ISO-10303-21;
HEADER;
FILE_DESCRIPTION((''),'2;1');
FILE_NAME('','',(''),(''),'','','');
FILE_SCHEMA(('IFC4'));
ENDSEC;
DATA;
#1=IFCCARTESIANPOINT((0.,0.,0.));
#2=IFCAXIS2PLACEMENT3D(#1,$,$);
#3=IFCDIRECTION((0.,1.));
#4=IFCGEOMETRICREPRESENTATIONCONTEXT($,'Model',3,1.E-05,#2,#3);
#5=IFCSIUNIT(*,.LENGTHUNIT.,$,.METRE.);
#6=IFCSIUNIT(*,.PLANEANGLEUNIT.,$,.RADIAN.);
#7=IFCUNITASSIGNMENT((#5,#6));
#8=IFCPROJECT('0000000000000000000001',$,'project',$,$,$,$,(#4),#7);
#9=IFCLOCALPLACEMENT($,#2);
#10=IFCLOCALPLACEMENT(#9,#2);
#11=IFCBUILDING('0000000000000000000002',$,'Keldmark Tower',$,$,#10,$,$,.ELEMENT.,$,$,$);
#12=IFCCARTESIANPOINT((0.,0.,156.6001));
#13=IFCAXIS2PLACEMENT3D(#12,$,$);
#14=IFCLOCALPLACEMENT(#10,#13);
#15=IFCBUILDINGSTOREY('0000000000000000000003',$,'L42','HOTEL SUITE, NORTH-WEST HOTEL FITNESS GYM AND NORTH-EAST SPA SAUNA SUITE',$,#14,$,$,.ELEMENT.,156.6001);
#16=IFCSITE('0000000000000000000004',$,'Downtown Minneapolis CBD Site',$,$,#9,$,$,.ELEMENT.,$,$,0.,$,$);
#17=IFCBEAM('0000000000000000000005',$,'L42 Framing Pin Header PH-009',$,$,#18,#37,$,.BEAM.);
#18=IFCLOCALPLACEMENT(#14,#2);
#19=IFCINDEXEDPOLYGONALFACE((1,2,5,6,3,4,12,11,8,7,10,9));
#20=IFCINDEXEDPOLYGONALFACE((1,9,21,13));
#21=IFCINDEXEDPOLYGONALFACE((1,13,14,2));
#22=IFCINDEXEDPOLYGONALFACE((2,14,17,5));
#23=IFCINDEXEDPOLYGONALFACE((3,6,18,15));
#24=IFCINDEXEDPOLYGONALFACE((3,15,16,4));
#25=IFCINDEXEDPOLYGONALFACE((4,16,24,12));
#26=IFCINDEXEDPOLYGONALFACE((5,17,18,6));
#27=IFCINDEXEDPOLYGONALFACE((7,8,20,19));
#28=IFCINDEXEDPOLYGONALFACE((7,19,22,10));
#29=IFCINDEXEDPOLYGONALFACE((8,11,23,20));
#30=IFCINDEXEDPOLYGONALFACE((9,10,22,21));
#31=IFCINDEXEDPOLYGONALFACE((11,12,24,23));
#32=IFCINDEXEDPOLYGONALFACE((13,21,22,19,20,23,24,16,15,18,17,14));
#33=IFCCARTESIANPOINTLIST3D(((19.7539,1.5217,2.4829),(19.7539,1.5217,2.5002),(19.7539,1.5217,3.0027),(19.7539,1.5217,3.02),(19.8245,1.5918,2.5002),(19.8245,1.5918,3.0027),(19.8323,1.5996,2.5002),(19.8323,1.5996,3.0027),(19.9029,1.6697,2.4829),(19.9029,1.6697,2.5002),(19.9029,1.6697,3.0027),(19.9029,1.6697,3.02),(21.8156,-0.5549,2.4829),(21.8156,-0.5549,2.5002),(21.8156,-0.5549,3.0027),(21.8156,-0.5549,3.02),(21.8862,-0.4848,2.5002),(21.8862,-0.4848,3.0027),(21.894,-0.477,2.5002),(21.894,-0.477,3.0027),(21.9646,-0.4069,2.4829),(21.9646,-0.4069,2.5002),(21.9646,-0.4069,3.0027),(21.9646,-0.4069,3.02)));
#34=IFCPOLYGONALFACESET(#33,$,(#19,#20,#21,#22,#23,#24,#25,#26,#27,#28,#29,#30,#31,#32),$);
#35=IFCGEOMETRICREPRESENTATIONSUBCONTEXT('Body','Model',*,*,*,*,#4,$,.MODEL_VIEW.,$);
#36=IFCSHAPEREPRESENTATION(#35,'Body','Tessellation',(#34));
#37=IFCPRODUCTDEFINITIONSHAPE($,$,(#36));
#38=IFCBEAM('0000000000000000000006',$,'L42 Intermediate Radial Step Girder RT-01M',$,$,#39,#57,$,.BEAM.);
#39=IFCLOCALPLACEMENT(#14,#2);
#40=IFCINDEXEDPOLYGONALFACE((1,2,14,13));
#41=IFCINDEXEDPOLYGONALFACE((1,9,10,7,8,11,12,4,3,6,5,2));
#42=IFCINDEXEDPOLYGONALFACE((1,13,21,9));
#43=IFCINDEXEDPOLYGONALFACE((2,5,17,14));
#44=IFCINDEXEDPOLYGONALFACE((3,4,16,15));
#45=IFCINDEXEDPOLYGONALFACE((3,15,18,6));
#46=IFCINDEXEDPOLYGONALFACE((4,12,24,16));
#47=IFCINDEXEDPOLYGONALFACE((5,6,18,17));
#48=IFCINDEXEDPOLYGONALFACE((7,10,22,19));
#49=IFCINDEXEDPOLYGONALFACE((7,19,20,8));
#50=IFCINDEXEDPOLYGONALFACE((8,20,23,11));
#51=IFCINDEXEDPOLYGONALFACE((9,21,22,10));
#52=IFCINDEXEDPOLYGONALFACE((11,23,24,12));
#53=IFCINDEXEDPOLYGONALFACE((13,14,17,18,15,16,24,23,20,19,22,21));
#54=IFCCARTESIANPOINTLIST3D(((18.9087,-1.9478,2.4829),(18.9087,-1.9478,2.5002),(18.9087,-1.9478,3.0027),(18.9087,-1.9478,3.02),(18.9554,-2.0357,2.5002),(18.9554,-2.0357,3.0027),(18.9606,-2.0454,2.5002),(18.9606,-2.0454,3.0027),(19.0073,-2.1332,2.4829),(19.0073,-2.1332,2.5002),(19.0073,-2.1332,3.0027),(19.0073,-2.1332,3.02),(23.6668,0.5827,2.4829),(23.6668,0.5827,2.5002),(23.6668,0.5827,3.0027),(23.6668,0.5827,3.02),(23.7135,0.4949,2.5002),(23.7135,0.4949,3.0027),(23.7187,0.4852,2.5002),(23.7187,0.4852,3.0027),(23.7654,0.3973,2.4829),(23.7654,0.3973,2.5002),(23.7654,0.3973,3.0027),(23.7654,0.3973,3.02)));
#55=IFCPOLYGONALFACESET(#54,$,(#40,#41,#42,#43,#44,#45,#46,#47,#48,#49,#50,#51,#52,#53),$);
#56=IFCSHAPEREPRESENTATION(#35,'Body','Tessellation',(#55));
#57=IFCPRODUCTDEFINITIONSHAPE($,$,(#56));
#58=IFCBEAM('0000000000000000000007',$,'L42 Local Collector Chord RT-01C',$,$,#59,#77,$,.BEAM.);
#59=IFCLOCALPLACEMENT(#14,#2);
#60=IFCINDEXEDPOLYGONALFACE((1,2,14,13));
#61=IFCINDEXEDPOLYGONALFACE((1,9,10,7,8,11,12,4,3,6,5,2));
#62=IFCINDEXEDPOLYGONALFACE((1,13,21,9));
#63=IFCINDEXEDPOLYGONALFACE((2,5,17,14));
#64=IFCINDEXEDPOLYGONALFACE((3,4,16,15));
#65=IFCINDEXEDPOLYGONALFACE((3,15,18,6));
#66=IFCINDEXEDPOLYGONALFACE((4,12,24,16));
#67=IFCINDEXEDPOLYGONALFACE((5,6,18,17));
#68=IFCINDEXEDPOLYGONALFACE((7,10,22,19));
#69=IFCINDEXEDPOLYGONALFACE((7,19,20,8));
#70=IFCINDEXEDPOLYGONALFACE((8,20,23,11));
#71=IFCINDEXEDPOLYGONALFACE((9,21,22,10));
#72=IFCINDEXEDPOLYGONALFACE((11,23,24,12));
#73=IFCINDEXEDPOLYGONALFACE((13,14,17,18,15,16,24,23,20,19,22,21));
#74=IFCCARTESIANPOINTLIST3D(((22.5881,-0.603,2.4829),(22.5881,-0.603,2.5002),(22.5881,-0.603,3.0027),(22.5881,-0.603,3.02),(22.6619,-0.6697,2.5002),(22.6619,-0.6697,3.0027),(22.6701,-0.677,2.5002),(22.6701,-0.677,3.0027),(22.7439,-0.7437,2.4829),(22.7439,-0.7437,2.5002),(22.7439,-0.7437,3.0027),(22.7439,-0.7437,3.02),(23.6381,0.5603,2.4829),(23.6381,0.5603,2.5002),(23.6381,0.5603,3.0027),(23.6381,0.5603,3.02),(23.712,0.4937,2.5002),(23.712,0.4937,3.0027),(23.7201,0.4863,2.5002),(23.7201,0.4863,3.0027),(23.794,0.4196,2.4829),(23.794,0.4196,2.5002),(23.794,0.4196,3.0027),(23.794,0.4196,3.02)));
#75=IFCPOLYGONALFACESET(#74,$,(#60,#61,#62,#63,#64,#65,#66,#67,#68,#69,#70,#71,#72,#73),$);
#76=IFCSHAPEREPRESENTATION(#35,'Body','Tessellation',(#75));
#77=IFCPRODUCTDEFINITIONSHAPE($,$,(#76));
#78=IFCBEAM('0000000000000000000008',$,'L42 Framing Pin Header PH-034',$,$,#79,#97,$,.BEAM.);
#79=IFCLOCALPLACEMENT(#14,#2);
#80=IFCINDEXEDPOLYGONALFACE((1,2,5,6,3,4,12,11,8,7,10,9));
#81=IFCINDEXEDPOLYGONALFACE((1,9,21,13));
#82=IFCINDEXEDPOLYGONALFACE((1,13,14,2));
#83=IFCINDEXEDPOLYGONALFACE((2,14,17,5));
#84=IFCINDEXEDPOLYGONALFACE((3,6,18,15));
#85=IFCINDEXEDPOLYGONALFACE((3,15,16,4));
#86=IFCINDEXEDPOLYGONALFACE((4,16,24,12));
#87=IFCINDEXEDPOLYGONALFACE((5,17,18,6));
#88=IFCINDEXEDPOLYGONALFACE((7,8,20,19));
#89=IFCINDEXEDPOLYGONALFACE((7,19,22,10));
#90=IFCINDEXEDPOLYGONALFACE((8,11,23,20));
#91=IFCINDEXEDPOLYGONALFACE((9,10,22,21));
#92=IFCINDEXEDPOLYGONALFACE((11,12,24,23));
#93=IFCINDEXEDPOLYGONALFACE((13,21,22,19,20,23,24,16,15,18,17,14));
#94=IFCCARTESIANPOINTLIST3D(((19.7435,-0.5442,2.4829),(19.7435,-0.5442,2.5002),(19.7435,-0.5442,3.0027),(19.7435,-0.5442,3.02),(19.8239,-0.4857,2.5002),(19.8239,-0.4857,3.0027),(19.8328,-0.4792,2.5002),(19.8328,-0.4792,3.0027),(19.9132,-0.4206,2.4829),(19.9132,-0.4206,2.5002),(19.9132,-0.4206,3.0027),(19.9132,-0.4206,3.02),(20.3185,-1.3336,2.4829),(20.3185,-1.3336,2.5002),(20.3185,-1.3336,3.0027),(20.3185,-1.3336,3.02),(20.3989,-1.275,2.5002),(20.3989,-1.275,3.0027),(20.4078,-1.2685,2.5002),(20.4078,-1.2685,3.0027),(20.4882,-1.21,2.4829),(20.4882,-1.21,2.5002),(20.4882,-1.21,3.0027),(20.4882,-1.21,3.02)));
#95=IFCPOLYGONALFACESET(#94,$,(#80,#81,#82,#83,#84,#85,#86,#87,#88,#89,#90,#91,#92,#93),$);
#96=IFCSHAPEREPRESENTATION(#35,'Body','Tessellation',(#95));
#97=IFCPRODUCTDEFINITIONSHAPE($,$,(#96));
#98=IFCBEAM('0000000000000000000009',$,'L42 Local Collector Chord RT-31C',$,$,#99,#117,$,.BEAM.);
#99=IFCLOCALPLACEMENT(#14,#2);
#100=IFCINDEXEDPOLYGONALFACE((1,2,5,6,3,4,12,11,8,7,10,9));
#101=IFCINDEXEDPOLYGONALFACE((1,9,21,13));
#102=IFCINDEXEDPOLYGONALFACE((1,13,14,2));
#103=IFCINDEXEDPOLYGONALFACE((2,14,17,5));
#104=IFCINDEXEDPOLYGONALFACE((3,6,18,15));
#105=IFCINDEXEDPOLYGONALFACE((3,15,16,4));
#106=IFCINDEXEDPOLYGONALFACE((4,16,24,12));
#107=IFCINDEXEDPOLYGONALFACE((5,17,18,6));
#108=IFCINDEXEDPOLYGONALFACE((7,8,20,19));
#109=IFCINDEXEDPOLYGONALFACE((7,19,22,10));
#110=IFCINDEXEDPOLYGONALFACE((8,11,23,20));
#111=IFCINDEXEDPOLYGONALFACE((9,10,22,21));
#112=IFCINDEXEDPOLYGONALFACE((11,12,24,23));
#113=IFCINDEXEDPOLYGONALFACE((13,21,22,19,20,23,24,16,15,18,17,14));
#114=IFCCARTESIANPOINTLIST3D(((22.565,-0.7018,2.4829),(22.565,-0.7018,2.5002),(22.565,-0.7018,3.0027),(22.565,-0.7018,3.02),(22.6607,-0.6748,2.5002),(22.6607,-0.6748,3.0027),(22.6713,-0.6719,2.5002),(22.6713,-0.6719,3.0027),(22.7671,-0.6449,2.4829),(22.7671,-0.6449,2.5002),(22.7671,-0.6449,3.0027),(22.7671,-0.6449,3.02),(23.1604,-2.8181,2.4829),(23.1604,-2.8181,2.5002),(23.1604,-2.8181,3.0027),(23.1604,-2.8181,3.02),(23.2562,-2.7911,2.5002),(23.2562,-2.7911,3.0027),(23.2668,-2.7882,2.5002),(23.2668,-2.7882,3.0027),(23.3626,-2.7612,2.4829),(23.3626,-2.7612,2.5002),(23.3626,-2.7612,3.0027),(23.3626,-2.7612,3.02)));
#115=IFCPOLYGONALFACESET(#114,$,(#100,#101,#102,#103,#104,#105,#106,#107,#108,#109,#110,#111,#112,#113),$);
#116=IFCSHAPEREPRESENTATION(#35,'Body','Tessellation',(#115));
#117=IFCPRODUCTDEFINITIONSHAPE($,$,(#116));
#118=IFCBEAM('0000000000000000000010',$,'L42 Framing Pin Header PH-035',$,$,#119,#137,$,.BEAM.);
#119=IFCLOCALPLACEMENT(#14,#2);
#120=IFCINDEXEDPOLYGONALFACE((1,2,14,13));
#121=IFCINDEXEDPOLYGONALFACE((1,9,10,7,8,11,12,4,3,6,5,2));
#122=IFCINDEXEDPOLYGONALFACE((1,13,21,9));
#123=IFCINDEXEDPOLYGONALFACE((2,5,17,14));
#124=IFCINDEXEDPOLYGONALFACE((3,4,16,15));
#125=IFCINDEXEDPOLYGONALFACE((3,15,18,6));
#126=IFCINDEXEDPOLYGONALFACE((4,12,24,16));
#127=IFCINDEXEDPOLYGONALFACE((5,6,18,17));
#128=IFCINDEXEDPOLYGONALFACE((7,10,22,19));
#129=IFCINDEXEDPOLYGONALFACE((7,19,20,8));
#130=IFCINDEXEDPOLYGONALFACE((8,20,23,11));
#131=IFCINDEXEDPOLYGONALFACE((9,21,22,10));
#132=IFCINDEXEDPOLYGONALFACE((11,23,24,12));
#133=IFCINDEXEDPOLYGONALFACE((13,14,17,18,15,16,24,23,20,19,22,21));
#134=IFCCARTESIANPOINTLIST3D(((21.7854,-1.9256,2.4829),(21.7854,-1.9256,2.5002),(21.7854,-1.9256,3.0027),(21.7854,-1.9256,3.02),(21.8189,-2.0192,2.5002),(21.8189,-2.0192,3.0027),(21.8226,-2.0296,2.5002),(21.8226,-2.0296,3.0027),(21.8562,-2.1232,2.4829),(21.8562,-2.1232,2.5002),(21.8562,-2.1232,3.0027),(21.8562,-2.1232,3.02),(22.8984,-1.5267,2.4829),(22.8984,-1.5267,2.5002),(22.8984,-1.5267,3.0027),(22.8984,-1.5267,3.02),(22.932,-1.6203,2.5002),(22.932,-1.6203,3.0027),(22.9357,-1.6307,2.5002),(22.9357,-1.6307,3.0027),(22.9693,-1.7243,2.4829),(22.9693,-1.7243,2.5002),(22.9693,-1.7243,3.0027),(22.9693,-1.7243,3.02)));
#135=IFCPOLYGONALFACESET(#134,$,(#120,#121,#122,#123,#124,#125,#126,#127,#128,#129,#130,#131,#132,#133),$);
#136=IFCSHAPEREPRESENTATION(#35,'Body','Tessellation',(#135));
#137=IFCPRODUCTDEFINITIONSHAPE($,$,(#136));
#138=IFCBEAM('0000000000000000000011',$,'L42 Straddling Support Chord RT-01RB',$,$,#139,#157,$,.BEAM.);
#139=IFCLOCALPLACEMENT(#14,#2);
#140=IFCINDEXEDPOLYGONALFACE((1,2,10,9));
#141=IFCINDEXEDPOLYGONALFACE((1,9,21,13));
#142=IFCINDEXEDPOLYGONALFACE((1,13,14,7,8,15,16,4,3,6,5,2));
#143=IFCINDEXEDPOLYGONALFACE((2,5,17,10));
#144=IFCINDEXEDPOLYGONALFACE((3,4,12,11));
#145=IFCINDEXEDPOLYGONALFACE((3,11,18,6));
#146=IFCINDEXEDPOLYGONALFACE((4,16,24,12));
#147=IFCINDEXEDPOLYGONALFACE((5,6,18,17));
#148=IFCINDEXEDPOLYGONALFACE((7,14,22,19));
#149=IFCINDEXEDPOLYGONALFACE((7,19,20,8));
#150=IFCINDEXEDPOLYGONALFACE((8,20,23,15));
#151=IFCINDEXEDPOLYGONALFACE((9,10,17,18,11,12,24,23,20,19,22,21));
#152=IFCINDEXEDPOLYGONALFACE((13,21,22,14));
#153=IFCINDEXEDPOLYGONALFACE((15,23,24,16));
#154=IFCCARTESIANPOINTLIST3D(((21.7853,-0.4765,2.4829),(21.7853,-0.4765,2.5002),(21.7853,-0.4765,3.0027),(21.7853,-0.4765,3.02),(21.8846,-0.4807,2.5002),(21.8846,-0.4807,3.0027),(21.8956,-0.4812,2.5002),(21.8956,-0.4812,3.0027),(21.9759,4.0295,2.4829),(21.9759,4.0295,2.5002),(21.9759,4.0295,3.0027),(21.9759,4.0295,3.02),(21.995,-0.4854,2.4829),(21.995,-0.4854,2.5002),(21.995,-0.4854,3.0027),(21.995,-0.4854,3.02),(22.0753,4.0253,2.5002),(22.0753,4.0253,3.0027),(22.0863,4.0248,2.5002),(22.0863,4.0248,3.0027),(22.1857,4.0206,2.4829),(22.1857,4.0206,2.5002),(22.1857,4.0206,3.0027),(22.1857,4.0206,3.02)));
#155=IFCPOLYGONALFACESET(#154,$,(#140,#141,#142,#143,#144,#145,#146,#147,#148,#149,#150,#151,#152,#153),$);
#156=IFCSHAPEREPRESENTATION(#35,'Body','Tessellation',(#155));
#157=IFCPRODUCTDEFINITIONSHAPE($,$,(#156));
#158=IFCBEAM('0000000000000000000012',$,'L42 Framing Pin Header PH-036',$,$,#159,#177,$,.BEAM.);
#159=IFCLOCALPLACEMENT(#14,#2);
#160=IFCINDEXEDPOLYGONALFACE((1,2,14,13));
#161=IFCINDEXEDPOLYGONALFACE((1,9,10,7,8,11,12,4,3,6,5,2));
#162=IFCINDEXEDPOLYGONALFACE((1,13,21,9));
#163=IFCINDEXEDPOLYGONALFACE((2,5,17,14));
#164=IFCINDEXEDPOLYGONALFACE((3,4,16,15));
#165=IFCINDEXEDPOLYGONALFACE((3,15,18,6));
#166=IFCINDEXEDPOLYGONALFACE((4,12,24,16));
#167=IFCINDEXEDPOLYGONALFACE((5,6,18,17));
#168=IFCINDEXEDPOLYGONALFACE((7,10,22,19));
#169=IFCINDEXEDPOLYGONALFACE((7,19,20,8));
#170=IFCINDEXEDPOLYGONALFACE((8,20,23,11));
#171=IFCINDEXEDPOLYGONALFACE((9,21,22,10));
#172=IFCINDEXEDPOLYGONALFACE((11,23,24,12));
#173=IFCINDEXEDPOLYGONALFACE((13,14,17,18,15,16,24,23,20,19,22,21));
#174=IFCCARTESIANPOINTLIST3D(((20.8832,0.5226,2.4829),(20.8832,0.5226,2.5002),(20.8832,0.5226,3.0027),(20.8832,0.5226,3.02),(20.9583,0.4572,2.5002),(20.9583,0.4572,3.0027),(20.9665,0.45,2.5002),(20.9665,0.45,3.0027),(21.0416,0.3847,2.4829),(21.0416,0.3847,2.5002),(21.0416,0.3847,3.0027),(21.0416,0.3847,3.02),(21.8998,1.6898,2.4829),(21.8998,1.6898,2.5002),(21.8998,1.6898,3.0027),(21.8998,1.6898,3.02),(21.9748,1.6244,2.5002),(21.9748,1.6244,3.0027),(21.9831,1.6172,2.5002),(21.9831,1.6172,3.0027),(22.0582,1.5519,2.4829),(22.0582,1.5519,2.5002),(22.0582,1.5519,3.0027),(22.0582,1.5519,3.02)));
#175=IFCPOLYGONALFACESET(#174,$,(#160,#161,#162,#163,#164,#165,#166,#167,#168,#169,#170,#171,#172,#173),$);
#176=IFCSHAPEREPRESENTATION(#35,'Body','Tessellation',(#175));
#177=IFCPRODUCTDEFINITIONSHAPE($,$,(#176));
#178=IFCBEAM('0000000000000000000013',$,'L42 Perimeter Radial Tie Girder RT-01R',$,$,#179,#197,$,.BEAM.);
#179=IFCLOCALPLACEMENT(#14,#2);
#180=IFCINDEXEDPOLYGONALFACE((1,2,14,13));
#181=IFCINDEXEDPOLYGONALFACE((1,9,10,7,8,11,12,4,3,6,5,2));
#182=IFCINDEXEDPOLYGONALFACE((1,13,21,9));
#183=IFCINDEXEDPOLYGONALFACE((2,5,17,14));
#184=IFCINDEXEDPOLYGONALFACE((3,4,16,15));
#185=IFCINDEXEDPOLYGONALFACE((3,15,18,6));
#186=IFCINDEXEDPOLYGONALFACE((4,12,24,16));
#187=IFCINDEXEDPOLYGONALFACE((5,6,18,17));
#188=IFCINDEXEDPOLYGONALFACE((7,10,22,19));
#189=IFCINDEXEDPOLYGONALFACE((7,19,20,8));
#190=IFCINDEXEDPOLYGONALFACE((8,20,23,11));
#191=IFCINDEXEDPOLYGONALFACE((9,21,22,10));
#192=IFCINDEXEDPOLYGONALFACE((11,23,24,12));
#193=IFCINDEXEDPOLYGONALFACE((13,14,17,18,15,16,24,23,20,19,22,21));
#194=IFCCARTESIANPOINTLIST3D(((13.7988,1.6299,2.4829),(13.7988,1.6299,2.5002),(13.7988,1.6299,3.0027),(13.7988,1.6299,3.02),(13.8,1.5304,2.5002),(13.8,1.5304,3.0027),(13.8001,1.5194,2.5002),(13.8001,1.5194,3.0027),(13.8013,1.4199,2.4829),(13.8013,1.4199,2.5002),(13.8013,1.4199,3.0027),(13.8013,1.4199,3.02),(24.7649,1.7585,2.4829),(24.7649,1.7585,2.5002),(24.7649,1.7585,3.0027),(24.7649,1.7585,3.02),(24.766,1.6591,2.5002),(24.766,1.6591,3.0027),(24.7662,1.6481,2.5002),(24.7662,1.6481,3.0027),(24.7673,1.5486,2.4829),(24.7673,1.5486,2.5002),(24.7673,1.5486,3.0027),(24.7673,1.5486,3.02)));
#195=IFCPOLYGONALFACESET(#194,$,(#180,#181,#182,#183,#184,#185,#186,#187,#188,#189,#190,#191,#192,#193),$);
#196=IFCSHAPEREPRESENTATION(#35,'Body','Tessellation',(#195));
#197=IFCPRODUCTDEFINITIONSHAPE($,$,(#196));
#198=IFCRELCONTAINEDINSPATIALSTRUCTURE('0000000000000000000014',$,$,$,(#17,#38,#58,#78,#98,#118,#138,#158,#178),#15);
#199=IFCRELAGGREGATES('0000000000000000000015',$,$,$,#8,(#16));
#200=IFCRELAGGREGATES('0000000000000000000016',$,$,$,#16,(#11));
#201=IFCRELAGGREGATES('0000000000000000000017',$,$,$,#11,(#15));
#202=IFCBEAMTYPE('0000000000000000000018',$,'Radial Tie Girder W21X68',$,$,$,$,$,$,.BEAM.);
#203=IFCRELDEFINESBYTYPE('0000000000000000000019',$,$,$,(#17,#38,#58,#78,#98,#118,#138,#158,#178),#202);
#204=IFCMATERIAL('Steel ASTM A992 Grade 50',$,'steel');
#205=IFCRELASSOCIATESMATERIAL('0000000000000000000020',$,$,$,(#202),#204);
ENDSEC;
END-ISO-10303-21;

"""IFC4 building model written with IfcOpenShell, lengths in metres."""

from ifc_helpers import new_model, si_unit, direction, frame, origin, origin_2d, place, context, subcontext, project, spatial, i_section, extrude, material, material_profile, profile_set, type_object, element, save


model = new_model("IFC4")

# Units and contexts
model_context = context("Model", 3, precision=1e-05, world=origin(), true_north=direction((0.0, 1.0)))
body_context = subcontext(model_context, "Body", "Model", "MODEL_VIEW")
ifc_project = project(units=[si_unit("LENGTHUNIT", "METRE"), si_unit("PLANEANGLEUNIT", "RADIAN")], contexts=[model_context])

# Site, building, storey
site_placement = place(None, origin())
site = spatial("IfcSite", under=ifc_project, at=site_placement, Name="Downtown Minneapolis CBD Site", CompositionType="ELEMENT", RefElevation=0.0)
building_placement = place(site_placement, origin())
building = spatial("IfcBuilding", under=site, at=building_placement, Name="Keldmark Tower", CompositionType="ELEMENT")
storey_placement = place(building_placement, frame((0.0, 0.0, 156.6001)))
storey = spatial("IfcBuildingStorey", under=building, at=storey_placement, Name="L42", Description="HOTEL SUITE, NORTH-WEST HOTEL FITNESS GYM AND NORTH-EAST SPA SAUNA SUITE", CompositionType="ELEMENT", Elevation=156.6001)

# Beams
ifc_material_1 = material(Name="Steel ASTM A992 Grade 50", Category="steel")
ifc_material_profile_1 = material_profile(ifc_material_1, i_section(OverallWidth=0.21, OverallDepth=0.5371, WebThickness=0.011, FlangeThickness=0.0173, at=origin_2d()), Name="W21X68")
ifc_profile_set_1 = profile_set([ifc_material_profile_1], Name="Steel ASTM A992 Grade 50")
beam_type_1 = type_object("IfcBeamType", Name="Radial Tie Girder W21X68", PredefinedType="BEAM", material=ifc_profile_set_1)
beam_1_placement = place(storey_placement, frame((19.8284, 1.5957, 2.7515), z_axis=(0.704558, -0.709647, 0.0), x_axis=(0.709647, 0.704558, 0.0)))
element("IfcBeam", 1, at=beam_1_placement, inside=storey, type_object=beam_type_1, Name="L42 Framing Pin Header PH-009", PredefinedType="BEAM", context=body_context, shape_type="SweptSolid", body=[
    extrude(i_section(OverallWidth=0.21, OverallDepth=0.5371, WebThickness=0.011, FlangeThickness=0.0173, at=origin_2d()), origin(), (0.0, 0.0, 1.0), 2.9263),
])
beam_2_placement = place(storey_placement, frame((18.958, -2.0405, 2.7515), z_axis=(0.8829, 0.46956, 0.0), x_axis=(-0.46956, 0.8829, 0.0)))
element("IfcBeam", 2, at=beam_2_placement, inside=storey, type_object=beam_type_1, Name="L42 Intermediate Radial Step Girder RT-01M", PredefinedType="BEAM", context=body_context, shape_type="SweptSolid", body=[
    extrude(i_section(OverallWidth=0.21, OverallDepth=0.5371, WebThickness=0.011, FlangeThickness=0.0173, at=origin_2d()), origin(), (0.0, 0.0, 1.0), 5.3892),
])
beam_3_placement = place(storey_placement, frame((22.666, -0.6733, 2.7515), z_axis=(0.67004, 0.742325, 0.0), x_axis=(-0.742325, 0.67004, 0.0)))
element("IfcBeam", 3, at=beam_3_placement, inside=storey, type_object=beam_type_1, Name="L42 Local Collector Chord RT-01C", PredefinedType="BEAM", context=body_context, shape_type="SweptSolid", body=[
    extrude(i_section(OverallWidth=0.21, OverallDepth=0.5371, WebThickness=0.011, FlangeThickness=0.0173, at=origin_2d()), origin(), (0.0, 0.0, 1.0), 1.5671),
])
beam_4_placement = place(storey_placement, frame((19.8284, -0.4824, 2.7515), z_axis=(0.588781, -0.808293, 0.0), x_axis=(0.808293, 0.588781, 0.0)))
element("IfcBeam", 4, at=beam_4_placement, inside=storey, type_object=beam_type_1, Name="L42 Framing Pin Header PH-034", PredefinedType="BEAM", context=body_context, shape_type="SweptSolid", body=[
    extrude(i_section(OverallWidth=0.21, OverallDepth=0.5371, WebThickness=0.011, FlangeThickness=0.0173, at=origin_2d()), origin(), (0.0, 0.0, 1.0), 0.9766),
])
beam_5_placement = place(storey_placement, frame((22.666, -0.6733, 2.7515), z_axis=(0.270861, -0.962618, 0.0), x_axis=(0.962618, 0.270861, 0.0)))
element("IfcBeam", 5, at=beam_5_placement, inside=storey, type_object=beam_type_1, Name="L42 Local Collector Chord RT-31C", PredefinedType="BEAM", context=body_context, shape_type="SweptSolid", body=[
    extrude(i_section(OverallWidth=0.21, OverallDepth=0.5371, WebThickness=0.011, FlangeThickness=0.0173, at=origin_2d()), origin(), (0.0, 0.0, 1.0), 2.1985),
])
beam_6_placement = place(storey_placement, frame((22.9338, -1.6255, 2.7515), z_axis=(-0.941363, -0.337396, 0.0), x_axis=(0.337396, -0.941363, 0.0)))
element("IfcBeam", 6, at=beam_6_placement, inside=storey, type_object=beam_type_1, Name="L42 Framing Pin Header PH-035", PredefinedType="BEAM", context=body_context, shape_type="SweptSolid", body=[
    extrude(i_section(OverallWidth=0.21, OverallDepth=0.5371, WebThickness=0.011, FlangeThickness=0.0173, at=origin_2d()), origin(), (0.0, 0.0, 1.0), 1.1824),
])
beam_7_placement = place(storey_placement, frame((21.8901, -0.481, 2.7515), z_axis=(0.042279, 0.999106, 0.0), x_axis=(-0.999106, 0.042279, 0.0)))
element("IfcBeam", 7, at=beam_7_placement, inside=storey, type_object=beam_type_1, Name="L42 Straddling Support Chord RT-01RB", PredefinedType="BEAM", context=body_context, shape_type="SweptSolid", body=[
    extrude(i_section(OverallWidth=0.21, OverallDepth=0.5371, WebThickness=0.011, FlangeThickness=0.0173, at=origin_2d()), origin(), (0.0, 0.0, 1.0), 4.51),
])
beam_8_placement = place(storey_placement, frame((20.9624, 0.4536, 2.7515), z_axis=(0.656772, 0.754089, 0.0), x_axis=(-0.754089, 0.656772, 0.0)))
element("IfcBeam", 8, at=beam_8_placement, inside=storey, type_object=beam_type_1, Name="L42 Framing Pin Header PH-036", PredefinedType="BEAM", context=body_context, shape_type="SweptSolid", body=[
    extrude(i_section(OverallWidth=0.21, OverallDepth=0.5371, WebThickness=0.011, FlangeThickness=0.0173, at=origin_2d()), origin(), (0.0, 0.0, 1.0), 1.5479),
])
beam_9_placement = place(storey_placement, frame((13.8, 1.5249, 2.7515), z_axis=(0.999931, 0.011732, 0.0), x_axis=(-0.011732, 0.999931, 0.0)))
element("IfcBeam", 9, at=beam_9_placement, inside=storey, type_object=beam_type_1, Name="L42 Perimeter Radial Tie Girder RT-01R", PredefinedType="BEAM", context=body_context, shape_type="SweptSolid", body=[
    extrude(i_section(OverallWidth=0.21, OverallDepth=0.5371, WebThickness=0.011, FlangeThickness=0.0173, at=origin_2d()), origin(), (0.0, 0.0, 1.0), 10.9668),
])

save(model, "model.ifc")
